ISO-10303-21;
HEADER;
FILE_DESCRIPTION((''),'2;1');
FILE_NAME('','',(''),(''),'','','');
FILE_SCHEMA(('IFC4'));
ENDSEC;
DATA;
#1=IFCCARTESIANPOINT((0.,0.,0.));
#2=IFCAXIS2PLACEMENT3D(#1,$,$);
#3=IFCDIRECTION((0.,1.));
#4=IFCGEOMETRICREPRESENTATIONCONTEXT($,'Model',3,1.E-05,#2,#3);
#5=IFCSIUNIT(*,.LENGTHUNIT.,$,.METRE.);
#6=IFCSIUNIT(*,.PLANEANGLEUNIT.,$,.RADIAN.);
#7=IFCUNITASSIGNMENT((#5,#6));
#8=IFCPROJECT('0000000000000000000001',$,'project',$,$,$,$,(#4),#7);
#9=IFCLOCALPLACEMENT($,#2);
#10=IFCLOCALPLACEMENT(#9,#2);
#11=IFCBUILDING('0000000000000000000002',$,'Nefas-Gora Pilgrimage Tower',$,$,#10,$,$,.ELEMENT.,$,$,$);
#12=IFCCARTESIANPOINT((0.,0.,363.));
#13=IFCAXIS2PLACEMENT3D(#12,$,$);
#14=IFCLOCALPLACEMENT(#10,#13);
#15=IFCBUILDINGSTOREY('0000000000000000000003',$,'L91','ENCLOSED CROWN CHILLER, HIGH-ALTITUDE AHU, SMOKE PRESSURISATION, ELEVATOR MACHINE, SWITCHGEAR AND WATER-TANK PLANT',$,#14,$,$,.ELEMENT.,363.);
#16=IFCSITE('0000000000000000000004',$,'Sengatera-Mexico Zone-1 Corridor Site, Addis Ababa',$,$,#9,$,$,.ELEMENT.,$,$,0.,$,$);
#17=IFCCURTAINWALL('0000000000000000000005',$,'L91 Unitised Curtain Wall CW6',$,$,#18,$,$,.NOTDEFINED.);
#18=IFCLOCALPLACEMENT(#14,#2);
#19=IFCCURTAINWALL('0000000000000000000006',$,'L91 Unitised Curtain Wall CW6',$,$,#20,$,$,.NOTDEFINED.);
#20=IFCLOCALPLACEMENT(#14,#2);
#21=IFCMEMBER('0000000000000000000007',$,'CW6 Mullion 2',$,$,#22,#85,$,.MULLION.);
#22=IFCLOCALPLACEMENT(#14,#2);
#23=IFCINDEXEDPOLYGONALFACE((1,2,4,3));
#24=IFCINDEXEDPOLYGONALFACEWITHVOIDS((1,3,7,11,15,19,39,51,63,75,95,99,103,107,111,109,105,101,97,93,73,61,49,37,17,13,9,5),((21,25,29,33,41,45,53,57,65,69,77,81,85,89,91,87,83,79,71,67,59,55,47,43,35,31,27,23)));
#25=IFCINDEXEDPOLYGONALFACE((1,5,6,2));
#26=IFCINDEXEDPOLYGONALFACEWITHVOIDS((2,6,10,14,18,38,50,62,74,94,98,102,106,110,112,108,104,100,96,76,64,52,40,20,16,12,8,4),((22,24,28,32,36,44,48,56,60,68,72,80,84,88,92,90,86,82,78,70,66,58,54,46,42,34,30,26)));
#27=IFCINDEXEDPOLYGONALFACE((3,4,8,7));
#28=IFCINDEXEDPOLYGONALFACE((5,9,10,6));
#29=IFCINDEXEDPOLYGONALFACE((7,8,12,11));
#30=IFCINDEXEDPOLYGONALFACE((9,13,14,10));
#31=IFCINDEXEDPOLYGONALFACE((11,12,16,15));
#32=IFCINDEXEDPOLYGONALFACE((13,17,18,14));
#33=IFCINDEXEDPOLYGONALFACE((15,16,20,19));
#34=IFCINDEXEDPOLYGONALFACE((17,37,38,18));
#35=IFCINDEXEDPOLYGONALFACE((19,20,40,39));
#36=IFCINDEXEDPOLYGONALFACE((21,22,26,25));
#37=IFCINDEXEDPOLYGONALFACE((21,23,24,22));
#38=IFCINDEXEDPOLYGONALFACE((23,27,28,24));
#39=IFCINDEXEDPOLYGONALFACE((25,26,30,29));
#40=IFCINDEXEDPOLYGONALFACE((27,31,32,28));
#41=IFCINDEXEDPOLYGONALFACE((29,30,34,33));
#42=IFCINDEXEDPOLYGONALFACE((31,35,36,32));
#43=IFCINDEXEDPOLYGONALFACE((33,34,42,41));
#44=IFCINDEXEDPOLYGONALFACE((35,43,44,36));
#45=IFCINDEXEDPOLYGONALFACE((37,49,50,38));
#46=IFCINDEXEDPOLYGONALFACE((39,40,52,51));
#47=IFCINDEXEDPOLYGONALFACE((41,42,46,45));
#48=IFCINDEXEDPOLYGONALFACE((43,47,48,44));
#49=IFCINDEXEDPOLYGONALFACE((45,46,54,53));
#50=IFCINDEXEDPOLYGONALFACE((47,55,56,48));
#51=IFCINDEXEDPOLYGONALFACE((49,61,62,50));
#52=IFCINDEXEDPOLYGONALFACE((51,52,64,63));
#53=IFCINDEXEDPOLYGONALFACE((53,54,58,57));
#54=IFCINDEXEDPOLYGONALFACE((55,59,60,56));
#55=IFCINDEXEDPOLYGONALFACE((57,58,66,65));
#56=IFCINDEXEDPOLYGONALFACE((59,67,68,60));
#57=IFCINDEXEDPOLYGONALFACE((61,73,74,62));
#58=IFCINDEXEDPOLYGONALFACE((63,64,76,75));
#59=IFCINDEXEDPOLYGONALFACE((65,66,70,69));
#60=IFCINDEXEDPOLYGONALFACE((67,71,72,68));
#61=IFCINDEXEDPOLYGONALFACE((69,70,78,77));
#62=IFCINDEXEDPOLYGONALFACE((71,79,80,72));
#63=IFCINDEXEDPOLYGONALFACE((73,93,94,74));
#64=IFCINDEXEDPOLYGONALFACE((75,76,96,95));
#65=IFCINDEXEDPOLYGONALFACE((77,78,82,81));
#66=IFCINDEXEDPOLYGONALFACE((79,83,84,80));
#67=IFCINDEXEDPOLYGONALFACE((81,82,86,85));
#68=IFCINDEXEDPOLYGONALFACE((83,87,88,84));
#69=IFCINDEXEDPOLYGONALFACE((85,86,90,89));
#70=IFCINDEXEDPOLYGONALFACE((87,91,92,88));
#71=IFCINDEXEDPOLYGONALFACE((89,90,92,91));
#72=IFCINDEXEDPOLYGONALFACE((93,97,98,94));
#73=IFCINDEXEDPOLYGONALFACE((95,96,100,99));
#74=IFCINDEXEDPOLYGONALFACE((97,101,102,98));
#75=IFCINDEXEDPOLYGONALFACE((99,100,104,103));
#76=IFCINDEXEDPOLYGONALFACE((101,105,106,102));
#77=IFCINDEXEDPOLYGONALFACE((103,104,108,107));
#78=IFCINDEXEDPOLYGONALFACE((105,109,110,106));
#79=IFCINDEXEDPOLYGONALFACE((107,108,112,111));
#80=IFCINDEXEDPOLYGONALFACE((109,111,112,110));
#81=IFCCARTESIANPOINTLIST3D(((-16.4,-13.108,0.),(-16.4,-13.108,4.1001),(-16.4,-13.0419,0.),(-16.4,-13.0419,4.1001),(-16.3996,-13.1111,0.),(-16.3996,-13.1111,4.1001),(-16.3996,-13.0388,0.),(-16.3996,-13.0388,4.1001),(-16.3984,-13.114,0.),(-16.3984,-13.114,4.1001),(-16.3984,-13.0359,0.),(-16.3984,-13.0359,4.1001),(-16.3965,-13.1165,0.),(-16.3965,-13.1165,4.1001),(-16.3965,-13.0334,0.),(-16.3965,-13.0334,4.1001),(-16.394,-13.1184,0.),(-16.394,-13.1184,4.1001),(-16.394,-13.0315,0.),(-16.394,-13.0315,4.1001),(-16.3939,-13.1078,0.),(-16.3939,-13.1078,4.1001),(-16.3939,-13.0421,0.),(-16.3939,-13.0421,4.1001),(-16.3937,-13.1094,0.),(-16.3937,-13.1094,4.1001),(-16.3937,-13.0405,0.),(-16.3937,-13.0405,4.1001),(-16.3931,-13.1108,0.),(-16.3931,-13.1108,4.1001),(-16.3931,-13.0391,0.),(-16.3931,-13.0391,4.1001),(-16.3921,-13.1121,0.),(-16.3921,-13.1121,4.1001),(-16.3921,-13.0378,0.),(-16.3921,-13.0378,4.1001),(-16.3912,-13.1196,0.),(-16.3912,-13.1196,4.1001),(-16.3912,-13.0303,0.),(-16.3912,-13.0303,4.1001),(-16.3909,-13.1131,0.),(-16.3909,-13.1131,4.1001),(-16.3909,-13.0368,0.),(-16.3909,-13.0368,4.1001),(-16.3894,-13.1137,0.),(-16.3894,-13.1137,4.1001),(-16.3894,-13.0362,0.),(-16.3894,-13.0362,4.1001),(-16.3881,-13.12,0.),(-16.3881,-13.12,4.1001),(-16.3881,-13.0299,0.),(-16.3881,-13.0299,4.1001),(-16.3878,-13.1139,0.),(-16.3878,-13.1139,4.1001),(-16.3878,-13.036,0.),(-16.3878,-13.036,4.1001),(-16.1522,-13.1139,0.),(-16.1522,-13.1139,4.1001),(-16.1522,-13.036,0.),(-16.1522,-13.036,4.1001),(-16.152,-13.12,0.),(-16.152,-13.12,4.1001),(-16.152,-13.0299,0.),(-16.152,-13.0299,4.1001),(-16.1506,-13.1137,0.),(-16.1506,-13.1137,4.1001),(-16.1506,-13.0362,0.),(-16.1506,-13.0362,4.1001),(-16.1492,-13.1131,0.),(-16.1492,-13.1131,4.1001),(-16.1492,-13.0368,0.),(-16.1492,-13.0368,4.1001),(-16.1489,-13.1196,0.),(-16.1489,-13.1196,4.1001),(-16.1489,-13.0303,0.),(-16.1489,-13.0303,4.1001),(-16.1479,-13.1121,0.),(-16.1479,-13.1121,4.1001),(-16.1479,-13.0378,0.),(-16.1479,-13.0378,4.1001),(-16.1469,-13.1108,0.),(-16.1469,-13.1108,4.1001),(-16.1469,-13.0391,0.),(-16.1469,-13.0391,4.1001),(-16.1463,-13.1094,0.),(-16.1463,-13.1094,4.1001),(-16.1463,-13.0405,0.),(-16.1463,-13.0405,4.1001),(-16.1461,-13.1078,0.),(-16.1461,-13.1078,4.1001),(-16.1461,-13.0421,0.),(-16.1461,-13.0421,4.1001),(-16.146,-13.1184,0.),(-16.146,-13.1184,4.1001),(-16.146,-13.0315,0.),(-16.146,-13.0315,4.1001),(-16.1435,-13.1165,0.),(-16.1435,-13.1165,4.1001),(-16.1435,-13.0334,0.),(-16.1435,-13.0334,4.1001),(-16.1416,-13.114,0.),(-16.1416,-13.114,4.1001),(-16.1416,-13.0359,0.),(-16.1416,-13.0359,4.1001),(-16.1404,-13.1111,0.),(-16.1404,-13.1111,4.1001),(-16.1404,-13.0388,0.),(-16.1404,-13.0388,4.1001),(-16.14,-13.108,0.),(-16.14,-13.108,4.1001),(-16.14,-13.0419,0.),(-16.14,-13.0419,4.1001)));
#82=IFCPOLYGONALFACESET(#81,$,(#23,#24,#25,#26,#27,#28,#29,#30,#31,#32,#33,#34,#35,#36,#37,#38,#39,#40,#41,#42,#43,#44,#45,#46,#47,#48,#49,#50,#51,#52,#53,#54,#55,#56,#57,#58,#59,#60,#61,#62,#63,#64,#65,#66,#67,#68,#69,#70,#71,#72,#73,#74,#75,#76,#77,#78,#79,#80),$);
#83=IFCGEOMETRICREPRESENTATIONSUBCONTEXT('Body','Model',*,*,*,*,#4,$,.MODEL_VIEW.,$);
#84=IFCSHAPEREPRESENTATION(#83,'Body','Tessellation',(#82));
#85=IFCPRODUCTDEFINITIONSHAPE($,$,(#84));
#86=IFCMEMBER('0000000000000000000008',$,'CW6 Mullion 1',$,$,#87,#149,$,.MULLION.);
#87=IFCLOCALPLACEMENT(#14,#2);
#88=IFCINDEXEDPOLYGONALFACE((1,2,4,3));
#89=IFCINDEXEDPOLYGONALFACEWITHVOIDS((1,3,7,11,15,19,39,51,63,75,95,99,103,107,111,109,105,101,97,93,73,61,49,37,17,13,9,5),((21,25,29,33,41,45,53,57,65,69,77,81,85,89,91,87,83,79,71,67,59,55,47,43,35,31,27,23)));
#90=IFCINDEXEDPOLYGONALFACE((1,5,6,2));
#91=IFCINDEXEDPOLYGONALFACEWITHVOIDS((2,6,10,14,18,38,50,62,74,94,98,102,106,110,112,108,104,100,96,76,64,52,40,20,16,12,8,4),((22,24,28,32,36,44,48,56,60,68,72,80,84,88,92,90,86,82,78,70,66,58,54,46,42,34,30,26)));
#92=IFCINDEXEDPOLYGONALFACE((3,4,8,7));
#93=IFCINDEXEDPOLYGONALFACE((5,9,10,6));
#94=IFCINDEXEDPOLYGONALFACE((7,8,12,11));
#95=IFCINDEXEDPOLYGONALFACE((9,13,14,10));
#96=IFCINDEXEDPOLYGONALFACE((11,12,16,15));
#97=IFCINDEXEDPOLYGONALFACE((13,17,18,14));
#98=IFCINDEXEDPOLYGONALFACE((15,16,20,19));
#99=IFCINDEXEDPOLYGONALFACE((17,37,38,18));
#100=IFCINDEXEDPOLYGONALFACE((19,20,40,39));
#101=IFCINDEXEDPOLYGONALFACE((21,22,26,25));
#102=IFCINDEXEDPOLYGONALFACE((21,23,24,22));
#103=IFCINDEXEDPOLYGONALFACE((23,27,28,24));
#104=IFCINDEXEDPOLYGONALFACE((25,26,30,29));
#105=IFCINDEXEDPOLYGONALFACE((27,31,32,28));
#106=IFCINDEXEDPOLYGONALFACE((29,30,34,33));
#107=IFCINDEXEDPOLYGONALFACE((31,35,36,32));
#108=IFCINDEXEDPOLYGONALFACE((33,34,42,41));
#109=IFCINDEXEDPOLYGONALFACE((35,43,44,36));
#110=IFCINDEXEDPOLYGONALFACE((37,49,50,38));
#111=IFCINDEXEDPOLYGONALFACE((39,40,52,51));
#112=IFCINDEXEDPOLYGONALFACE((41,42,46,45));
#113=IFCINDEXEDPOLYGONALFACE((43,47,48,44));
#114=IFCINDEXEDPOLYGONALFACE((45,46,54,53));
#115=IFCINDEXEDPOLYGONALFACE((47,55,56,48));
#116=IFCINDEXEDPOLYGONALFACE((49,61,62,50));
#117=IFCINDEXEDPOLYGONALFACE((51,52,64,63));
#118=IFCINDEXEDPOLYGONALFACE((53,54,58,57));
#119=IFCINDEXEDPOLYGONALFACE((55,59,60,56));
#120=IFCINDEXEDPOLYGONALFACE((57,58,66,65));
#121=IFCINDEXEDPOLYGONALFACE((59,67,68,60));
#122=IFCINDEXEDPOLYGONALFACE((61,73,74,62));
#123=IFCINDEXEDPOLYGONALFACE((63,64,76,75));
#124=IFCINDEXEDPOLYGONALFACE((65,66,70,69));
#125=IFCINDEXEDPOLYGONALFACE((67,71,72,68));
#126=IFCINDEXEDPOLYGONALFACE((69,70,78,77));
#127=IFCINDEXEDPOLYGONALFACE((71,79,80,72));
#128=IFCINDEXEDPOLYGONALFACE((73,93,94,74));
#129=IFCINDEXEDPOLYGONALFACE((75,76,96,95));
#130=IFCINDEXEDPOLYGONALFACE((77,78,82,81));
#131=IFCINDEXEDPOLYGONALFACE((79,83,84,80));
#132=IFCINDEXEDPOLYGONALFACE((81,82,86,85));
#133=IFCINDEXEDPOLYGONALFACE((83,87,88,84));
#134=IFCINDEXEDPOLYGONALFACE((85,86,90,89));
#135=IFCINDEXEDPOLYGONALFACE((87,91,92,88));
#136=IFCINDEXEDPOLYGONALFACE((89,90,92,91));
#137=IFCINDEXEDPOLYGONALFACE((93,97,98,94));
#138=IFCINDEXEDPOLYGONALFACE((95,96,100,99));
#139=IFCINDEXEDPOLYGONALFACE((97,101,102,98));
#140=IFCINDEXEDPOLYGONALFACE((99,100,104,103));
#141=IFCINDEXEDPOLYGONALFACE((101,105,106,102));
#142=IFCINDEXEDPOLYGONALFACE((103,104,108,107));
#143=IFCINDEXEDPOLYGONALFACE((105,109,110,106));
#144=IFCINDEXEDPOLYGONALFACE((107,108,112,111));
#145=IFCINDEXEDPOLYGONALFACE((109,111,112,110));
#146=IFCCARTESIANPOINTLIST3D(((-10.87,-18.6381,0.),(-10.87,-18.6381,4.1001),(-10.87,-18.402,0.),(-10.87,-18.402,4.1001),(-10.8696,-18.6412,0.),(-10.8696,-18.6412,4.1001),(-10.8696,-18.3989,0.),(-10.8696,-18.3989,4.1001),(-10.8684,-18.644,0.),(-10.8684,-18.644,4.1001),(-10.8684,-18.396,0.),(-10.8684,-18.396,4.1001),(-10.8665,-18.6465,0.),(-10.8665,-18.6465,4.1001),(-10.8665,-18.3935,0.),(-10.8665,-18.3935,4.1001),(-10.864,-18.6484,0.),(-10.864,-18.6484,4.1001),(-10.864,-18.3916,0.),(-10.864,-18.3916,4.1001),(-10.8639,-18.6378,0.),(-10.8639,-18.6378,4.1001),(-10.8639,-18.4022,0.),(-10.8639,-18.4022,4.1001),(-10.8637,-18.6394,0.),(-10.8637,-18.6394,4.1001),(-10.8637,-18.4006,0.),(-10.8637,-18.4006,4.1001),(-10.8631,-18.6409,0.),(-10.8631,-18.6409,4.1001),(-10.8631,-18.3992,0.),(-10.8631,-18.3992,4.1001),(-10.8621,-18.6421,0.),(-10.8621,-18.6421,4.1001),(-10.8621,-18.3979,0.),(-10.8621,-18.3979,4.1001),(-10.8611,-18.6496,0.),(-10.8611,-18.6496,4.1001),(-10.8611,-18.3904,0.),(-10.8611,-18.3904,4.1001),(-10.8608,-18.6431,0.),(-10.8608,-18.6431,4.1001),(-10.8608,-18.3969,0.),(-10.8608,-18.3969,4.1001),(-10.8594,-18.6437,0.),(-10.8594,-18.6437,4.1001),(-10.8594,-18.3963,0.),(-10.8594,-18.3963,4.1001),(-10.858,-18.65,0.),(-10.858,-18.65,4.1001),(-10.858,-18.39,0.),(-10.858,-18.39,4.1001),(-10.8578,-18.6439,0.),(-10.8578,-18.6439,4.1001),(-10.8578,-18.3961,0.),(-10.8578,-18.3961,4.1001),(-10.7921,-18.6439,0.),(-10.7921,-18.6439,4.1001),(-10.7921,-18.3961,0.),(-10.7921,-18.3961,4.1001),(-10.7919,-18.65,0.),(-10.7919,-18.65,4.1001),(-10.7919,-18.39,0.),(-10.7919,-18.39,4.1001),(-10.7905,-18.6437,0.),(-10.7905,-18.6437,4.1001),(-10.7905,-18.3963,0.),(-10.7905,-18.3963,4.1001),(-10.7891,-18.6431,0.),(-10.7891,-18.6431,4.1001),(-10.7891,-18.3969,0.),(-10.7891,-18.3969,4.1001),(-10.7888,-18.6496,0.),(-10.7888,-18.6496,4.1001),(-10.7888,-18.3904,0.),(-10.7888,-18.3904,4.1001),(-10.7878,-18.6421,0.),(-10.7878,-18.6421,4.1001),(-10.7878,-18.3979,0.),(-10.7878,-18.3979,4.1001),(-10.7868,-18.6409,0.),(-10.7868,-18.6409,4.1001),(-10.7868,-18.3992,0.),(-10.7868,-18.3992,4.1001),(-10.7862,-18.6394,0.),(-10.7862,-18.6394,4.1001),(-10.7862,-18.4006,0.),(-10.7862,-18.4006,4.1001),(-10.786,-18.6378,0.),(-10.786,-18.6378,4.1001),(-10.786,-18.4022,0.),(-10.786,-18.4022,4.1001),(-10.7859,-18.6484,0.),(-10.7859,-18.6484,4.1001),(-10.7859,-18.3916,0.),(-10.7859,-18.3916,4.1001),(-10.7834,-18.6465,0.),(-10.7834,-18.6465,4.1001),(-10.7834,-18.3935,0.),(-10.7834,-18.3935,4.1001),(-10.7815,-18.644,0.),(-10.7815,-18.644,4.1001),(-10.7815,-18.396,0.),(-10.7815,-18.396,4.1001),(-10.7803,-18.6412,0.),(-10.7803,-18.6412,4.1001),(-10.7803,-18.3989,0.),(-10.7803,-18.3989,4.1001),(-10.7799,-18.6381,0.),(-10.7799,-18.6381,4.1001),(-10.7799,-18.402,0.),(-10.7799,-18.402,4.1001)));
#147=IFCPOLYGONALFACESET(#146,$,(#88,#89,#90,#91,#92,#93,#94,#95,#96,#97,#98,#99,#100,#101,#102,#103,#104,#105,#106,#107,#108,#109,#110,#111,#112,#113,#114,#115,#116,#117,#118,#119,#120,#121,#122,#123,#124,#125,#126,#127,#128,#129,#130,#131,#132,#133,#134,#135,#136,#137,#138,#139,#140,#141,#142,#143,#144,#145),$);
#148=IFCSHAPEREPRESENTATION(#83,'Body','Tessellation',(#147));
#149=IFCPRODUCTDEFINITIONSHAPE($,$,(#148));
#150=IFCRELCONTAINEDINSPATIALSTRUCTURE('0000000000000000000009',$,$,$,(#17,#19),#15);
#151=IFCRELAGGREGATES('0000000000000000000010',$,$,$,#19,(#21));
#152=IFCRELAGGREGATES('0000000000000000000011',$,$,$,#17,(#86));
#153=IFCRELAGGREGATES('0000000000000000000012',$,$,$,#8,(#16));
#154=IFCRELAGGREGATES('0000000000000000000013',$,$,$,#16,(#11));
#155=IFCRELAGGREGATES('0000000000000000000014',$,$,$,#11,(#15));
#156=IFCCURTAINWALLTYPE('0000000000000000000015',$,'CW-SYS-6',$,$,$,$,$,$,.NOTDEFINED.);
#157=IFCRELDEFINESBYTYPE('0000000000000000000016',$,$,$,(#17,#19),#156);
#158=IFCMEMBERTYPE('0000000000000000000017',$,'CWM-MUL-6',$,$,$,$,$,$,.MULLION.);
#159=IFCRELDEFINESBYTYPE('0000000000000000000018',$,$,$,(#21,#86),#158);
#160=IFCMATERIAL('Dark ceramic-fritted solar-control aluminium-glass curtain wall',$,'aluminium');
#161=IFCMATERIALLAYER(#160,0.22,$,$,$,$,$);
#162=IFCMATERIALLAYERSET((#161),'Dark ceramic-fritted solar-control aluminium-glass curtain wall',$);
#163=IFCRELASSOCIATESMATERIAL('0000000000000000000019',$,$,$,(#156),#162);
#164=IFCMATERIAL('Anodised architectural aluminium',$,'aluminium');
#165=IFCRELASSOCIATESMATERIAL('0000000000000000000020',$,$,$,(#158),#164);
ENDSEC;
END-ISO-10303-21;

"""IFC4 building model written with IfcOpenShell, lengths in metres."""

from ifc_helpers import new_model, si_unit, direction, frame, origin, origin_2d, place, context, subcontext, project, spatial, hollow_rectangle, extrude, source, transform, mapped, material, layer, layer_set, material_profile, profile_set, type_object, element, aggregate, save


model = new_model("IFC4")

# Units and contexts
model_context = context("Model", 3, precision=1e-05, world=origin(), true_north=direction((0.0, 1.0)))
body_context = subcontext(model_context, "Body", "Model", "MODEL_VIEW")
ifc_project = project(units=[si_unit("LENGTHUNIT", "METRE"), si_unit("PLANEANGLEUNIT", "RADIAN")], contexts=[model_context])

# Site, building, storey
site_placement = place(None, origin())
site = spatial("IfcSite", under=ifc_project, at=site_placement, Name="Sengatera-Mexico Zone-1 Corridor Site, Addis Ababa", CompositionType="ELEMENT", RefElevation=0.0)
building_placement = place(site_placement, origin())
building = spatial("IfcBuilding", under=site, at=building_placement, Name="Nefas-Gora Pilgrimage Tower", CompositionType="ELEMENT")
storey_placement = place(building_placement, frame((0.0, 0.0, 363.0)))
storey = spatial("IfcBuildingStorey", under=building, at=storey_placement, Name="L91", Description="ENCLOSED CROWN CHILLER, HIGH-ALTITUDE AHU, SMOKE PRESSURISATION, ELEVATOR MACHINE, SWITCHGEAR AND WATER-TANK PLANT", CompositionType="ELEMENT", Elevation=363.0)

# Curtain walls, member
ifc_material_1 = material(Name="Dark ceramic-fritted solar-control aluminium-glass curtain wall", Category="aluminium")
ifc_layer_1 = layer(ifc_material_1, 0.22)
ifc_layer_set_1 = layer_set([ifc_layer_1], Name="Dark ceramic-fritted solar-control aluminium-glass curtain wall")
curtain_wall_type = type_object("IfcCurtainWallType", Name="CW-SYS-6", PredefinedType="NOTDEFINED", material=ifc_layer_set_1)
curtain_wall_1_placement = place(storey_placement, origin())
curtain_wall_1 = element("IfcCurtainWall", 1, at=curtain_wall_1_placement, inside=storey, type_object=curtain_wall_type, Name="L91 Unitised Curtain Wall CW6", PredefinedType="NOTDEFINED")
ifc_material_2 = material(Name="Anodised architectural aluminium", Category="aluminium")
curtain_wall_2_placement = place(storey_placement, origin())
curtain_wall_2 = element("IfcCurtainWall", 2, at=curtain_wall_2_placement, inside=storey, type_object=curtain_wall_type, Name="L91 Unitised Curtain Wall CW6", PredefinedType="NOTDEFINED")
ifc_material_profile_1 = material_profile(ifc_material_2, hollow_rectangle(XDim=0.0901, YDim=0.26, WallThickness=0.0061, InnerFilletRadius=0.0061, OuterFilletRadius=0.012, at=origin_2d()), Name="ALU MULLION 90x260")
ifc_profile_set_1 = profile_set([ifc_material_profile_1], Name="Anodised architectural aluminium")
member_type_1 = type_object("IfcMemberType", Name="CWM-MUL-6", PredefinedType="MULLION", material=ifc_profile_set_1)
shared_shape_1 = source(origin(), body_context, "Body", "SweptSolid", [
    extrude(hollow_rectangle(XDim=0.0901, YDim=0.26, WallThickness=0.0061, InnerFilletRadius=0.0061, OuterFilletRadius=0.012, at=origin_2d()), origin(), (0.0, 0.0, 1.0), 4.1001),
])
member_1_placement = place(storey_placement, frame((-16.27, -13.075, 0.0), z_axis=(0.0, 0.0, 1.0), x_axis=(0.0, -1.0, 0.0)))
member_1 = element("IfcMember", 3, at=member_1_placement, type_object=member_type_1, Name="CW6 Mullion 2", PredefinedType="MULLION", context=body_context, shape_type="MappedRepresentation", body=[
    mapped(shared_shape_1, transform((0.0, 0.0, 0.0), x_axis=(1.0, 0.0, 0.0), y_axis=(0.0, 1.0, 0.0), z_axis=(0.0, 0.0, 1.0), scale=1.0)),
])
aggregate(curtain_wall_2, [member_1])

# Member
member_2_placement = place(storey_placement, frame((-10.825, -18.52, 0.0), z_axis=(0.0, 0.0, 1.0), x_axis=(1.0, 0.0, 0.0)))
member_2 = element("IfcMember", 4, at=member_2_placement, type_object=member_type_1, Name="CW6 Mullion 1", PredefinedType="MULLION", context=body_context, shape_type="MappedRepresentation", body=[
    mapped(shared_shape_1, transform((0.0, 0.0, 0.0), x_axis=(1.0, 0.0, 0.0), y_axis=(0.0, 1.0, 0.0), z_axis=(0.0, 0.0, 1.0), scale=1.0)),
])

aggregate(curtain_wall_1, [member_2])

save(model, "model.ifc")
